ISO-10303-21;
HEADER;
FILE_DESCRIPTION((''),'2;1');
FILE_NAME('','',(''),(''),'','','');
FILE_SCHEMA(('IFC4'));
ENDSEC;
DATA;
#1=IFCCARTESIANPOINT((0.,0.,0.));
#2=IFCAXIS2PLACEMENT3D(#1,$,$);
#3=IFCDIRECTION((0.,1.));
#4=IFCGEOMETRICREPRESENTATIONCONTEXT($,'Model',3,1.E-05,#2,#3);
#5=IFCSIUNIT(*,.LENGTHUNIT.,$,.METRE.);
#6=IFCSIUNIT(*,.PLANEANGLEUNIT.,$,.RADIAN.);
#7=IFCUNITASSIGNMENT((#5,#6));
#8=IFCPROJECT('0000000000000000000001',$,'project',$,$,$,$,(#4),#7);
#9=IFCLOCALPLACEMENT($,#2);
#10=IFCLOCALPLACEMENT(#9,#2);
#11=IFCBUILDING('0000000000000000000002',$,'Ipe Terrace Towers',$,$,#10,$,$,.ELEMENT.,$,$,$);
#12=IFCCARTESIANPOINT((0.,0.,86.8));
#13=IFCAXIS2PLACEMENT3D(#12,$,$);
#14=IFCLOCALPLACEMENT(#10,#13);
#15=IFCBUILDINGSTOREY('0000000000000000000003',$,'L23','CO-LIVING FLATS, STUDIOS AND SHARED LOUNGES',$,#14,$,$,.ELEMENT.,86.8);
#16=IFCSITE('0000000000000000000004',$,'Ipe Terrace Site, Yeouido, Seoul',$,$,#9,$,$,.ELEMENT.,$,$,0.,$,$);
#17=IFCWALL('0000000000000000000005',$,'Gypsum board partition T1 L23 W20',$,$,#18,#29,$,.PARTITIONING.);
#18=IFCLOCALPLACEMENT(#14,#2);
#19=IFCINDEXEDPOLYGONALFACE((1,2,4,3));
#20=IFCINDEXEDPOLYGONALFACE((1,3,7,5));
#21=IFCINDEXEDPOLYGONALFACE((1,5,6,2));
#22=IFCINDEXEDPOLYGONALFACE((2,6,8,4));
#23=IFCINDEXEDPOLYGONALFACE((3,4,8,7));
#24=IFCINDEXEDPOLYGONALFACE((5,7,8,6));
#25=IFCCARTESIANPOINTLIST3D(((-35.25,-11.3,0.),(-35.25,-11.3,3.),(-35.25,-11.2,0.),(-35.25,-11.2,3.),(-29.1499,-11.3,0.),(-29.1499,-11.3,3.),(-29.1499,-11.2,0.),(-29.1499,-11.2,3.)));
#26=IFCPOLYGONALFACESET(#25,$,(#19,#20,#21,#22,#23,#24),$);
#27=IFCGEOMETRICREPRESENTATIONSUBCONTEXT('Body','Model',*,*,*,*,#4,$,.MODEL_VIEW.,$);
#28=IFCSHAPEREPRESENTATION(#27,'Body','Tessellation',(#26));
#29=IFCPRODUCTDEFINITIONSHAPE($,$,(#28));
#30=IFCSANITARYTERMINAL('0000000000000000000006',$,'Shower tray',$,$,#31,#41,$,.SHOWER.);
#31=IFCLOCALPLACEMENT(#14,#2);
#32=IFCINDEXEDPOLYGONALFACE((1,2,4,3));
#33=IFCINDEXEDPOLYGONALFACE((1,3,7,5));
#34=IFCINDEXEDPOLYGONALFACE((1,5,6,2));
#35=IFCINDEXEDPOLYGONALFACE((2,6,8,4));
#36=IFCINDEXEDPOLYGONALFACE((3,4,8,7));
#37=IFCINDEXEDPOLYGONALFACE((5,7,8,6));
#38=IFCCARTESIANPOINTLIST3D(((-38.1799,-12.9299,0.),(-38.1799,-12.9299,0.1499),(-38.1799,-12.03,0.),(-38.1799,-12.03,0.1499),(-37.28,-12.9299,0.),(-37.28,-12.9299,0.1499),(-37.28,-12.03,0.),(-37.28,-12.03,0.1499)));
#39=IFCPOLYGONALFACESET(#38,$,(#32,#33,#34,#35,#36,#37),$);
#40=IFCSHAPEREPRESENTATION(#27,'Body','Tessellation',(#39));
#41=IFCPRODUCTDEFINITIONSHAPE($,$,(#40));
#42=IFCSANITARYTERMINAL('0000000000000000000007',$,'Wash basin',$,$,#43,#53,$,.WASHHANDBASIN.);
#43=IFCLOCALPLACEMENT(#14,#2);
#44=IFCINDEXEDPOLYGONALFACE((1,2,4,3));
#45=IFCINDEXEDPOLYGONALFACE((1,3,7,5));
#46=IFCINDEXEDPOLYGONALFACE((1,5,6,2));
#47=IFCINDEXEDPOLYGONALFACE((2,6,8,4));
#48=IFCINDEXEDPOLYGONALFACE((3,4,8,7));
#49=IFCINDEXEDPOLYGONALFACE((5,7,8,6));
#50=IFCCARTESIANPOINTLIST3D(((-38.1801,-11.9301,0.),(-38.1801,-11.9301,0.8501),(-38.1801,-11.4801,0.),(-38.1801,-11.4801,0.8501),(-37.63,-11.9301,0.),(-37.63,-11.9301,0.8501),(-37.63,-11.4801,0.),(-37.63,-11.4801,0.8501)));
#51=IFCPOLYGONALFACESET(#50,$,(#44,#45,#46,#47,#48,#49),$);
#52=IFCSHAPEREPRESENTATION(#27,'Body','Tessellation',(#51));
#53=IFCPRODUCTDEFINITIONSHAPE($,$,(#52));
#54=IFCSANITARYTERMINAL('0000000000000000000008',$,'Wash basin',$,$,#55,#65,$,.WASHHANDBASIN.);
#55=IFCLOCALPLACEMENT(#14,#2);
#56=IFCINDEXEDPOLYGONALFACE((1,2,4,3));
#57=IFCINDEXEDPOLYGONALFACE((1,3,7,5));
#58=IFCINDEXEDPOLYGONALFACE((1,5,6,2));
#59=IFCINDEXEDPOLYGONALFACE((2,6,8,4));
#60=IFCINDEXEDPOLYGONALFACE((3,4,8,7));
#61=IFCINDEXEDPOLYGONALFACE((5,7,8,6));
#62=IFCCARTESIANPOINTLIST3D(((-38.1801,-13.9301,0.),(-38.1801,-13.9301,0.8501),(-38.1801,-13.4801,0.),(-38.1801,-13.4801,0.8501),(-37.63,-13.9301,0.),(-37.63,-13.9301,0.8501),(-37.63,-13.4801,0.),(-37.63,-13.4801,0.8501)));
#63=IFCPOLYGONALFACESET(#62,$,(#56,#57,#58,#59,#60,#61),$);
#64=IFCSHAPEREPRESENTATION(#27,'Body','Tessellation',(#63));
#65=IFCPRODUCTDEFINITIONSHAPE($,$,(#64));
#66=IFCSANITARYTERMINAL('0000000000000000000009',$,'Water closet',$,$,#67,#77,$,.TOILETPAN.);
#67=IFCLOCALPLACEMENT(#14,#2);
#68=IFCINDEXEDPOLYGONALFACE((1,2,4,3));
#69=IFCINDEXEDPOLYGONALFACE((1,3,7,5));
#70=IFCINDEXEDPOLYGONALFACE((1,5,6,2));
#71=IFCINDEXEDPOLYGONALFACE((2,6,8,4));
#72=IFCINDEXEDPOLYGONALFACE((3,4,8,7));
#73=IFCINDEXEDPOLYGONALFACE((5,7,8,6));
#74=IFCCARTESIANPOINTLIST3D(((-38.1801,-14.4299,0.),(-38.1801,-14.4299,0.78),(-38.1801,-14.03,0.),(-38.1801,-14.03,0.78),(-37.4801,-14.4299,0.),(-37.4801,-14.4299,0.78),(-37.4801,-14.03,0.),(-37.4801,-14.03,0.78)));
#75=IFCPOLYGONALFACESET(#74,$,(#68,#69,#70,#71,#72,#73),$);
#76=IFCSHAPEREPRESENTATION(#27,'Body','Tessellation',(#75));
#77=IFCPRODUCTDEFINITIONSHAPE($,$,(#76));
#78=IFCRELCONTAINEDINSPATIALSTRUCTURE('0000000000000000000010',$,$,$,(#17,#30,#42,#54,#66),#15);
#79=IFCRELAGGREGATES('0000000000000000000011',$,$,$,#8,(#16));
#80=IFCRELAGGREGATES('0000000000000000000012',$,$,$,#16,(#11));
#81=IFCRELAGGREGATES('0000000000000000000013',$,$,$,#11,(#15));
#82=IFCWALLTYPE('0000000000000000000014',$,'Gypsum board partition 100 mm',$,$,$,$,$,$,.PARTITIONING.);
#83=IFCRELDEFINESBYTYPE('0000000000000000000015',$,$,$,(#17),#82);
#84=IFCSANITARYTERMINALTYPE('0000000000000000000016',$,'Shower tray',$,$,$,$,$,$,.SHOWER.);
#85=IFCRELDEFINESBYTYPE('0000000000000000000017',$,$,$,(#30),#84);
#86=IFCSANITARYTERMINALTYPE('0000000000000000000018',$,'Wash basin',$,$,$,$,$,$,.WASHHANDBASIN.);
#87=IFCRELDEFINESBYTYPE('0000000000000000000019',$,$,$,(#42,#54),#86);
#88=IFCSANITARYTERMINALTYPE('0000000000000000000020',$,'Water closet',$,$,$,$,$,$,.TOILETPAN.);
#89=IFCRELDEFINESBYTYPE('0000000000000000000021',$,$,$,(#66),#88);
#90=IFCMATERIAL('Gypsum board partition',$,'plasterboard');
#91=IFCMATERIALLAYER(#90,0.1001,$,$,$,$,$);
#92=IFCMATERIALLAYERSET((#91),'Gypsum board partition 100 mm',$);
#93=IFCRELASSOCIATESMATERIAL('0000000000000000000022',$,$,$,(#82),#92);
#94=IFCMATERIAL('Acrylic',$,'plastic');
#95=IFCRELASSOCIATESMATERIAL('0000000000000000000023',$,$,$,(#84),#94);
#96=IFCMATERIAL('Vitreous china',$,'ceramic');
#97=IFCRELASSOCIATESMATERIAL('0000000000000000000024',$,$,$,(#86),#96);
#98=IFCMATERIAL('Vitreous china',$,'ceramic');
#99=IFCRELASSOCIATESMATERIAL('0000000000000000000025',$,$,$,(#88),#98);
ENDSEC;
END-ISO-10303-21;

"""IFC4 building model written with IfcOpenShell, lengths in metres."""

from ifc_helpers import new_model, si_unit, direction, frame, frame_2d, origin, origin_2d, place, context, subcontext, project, spatial, rectangle, extrude, material, layer, layer_set, type_object, element, save


model = new_model("IFC4")

# Units and contexts
model_context = context("Model", 3, precision=1e-05, world=origin(), true_north=direction((0.0, 1.0)))
body_context = subcontext(model_context, "Body", "Model", "MODEL_VIEW")
ifc_project = project(units=[si_unit("LENGTHUNIT", "METRE"), si_unit("PLANEANGLEUNIT", "RADIAN")], contexts=[model_context])

# Site, building, storey
site_placement = place(None, origin())
site = spatial("IfcSite", under=ifc_project, at=site_placement, Name="Ipe Terrace Site, Yeouido, Seoul", CompositionType="ELEMENT", RefElevation=0.0)
building_placement = place(site_placement, origin())
building = spatial("IfcBuilding", under=site, at=building_placement, Name="Ipe Terrace Towers", CompositionType="ELEMENT")
storey_placement = place(building_placement, frame((0.0, 0.0, 86.8)))
storey = spatial("IfcBuildingStorey", under=building, at=storey_placement, Name="L23", Description="CO-LIVING FLATS, STUDIOS AND SHARED LOUNGES", CompositionType="ELEMENT", Elevation=86.8)

# Shared definitions
ifc_material_1 = material(Name="Gypsum board partition", Category="plasterboard")
ifc_layer_1 = layer(ifc_material_1, 0.1001)
ifc_layer_set_1 = layer_set([ifc_layer_1], Name="Gypsum board partition 100 mm")
wall_type = type_object("IfcWallType", Name="Gypsum board partition 100 mm", PredefinedType="PARTITIONING", material=ifc_layer_set_1)

# Wall
wall_1_placement = place(storey_placement, frame((-35.25, -11.25, 0.0), z_axis=(0.0, 0.0, 1.0), x_axis=(1.0, 0.0, 0.0)))
element("IfcWall", 1, at=wall_1_placement, inside=storey, type_object=wall_type, Name="Gypsum board partition T1 L23 W20", PredefinedType="PARTITIONING", context=body_context, shape_type="SweptSolid", body=[
    extrude(rectangle(XDim=6.1001, YDim=0.1001, at=frame_2d((3.05, 0.0))), origin(), (0.0, 0.0, 1.0), 3.0),
])

# Sanitary terminals
ifc_material_2 = material(Name="Acrylic", Category="plastic")
sanitary_terminal_type_1 = type_object("IfcSanitaryTerminalType", Name="Shower tray", PredefinedType="SHOWER", material=ifc_material_2)
sanitary_terminal_1_placement = place(storey_placement, frame((-37.73, -12.48, 0.0), z_axis=(0.0, 0.0, 1.0), x_axis=(1.0, 0.0, 0.0)))
element("IfcSanitaryTerminal", 2, at=sanitary_terminal_1_placement, inside=storey, type_object=sanitary_terminal_type_1, Name="Shower tray", PredefinedType="SHOWER", context=body_context, shape_type="SweptSolid", body=[
    extrude(rectangle(XDim=0.8999, YDim=0.8999, at=origin_2d()), origin(), (0.0, 0.0, 1.0), 0.1499),
])
ifc_material_3 = material(Name="Vitreous china", Category="ceramic")
sanitary_terminal_type_2 = type_object("IfcSanitaryTerminalType", Name="Wash basin", PredefinedType="WASHHANDBASIN", material=ifc_material_3)
for number, where, z_axis, x_axis, name in (
    (3, (-37.905, -11.7051, 0.0), (0.0, 0.0, 1.0), (1.0, 0.0, 0.0), "Wash basin"),
    (4, (-37.905, -13.7051, 0.0), (0.0, 0.0, 1.0), (1.0, 0.0, 0.0), "Wash basin"),
):
    element("IfcSanitaryTerminal", number, at=place(storey_placement, frame(where, z_axis=z_axis, x_axis=x_axis)), inside=storey, type_object=sanitary_terminal_type_2, Name=name, PredefinedType="WASHHANDBASIN", context=body_context, shape_type="SweptSolid", body=[
        extrude(rectangle(XDim=0.55, YDim=0.45, at=origin_2d()), origin(), (0.0, 0.0, 1.0), 0.8501),
    ])
ifc_material_4 = material(Name="Vitreous china", Category="ceramic")
sanitary_terminal_type_3 = type_object("IfcSanitaryTerminalType", Name="Water closet", PredefinedType="TOILETPAN", material=ifc_material_4)
sanitary_terminal_2_placement = place(storey_placement, frame((-37.8301, -14.23, 0.0), z_axis=(0.0, 0.0, 1.0), x_axis=(1.0, 0.0, 0.0)))
element("IfcSanitaryTerminal", 5, at=sanitary_terminal_2_placement, inside=storey, type_object=sanitary_terminal_type_3, Name="Water closet", PredefinedType="TOILETPAN", context=body_context, shape_type="SweptSolid", body=[
    extrude(rectangle(XDim=0.7, YDim=0.3999, at=origin_2d()), origin(), (0.0, 0.0, 1.0), 0.78),
])

save(model, "model.ifc")
